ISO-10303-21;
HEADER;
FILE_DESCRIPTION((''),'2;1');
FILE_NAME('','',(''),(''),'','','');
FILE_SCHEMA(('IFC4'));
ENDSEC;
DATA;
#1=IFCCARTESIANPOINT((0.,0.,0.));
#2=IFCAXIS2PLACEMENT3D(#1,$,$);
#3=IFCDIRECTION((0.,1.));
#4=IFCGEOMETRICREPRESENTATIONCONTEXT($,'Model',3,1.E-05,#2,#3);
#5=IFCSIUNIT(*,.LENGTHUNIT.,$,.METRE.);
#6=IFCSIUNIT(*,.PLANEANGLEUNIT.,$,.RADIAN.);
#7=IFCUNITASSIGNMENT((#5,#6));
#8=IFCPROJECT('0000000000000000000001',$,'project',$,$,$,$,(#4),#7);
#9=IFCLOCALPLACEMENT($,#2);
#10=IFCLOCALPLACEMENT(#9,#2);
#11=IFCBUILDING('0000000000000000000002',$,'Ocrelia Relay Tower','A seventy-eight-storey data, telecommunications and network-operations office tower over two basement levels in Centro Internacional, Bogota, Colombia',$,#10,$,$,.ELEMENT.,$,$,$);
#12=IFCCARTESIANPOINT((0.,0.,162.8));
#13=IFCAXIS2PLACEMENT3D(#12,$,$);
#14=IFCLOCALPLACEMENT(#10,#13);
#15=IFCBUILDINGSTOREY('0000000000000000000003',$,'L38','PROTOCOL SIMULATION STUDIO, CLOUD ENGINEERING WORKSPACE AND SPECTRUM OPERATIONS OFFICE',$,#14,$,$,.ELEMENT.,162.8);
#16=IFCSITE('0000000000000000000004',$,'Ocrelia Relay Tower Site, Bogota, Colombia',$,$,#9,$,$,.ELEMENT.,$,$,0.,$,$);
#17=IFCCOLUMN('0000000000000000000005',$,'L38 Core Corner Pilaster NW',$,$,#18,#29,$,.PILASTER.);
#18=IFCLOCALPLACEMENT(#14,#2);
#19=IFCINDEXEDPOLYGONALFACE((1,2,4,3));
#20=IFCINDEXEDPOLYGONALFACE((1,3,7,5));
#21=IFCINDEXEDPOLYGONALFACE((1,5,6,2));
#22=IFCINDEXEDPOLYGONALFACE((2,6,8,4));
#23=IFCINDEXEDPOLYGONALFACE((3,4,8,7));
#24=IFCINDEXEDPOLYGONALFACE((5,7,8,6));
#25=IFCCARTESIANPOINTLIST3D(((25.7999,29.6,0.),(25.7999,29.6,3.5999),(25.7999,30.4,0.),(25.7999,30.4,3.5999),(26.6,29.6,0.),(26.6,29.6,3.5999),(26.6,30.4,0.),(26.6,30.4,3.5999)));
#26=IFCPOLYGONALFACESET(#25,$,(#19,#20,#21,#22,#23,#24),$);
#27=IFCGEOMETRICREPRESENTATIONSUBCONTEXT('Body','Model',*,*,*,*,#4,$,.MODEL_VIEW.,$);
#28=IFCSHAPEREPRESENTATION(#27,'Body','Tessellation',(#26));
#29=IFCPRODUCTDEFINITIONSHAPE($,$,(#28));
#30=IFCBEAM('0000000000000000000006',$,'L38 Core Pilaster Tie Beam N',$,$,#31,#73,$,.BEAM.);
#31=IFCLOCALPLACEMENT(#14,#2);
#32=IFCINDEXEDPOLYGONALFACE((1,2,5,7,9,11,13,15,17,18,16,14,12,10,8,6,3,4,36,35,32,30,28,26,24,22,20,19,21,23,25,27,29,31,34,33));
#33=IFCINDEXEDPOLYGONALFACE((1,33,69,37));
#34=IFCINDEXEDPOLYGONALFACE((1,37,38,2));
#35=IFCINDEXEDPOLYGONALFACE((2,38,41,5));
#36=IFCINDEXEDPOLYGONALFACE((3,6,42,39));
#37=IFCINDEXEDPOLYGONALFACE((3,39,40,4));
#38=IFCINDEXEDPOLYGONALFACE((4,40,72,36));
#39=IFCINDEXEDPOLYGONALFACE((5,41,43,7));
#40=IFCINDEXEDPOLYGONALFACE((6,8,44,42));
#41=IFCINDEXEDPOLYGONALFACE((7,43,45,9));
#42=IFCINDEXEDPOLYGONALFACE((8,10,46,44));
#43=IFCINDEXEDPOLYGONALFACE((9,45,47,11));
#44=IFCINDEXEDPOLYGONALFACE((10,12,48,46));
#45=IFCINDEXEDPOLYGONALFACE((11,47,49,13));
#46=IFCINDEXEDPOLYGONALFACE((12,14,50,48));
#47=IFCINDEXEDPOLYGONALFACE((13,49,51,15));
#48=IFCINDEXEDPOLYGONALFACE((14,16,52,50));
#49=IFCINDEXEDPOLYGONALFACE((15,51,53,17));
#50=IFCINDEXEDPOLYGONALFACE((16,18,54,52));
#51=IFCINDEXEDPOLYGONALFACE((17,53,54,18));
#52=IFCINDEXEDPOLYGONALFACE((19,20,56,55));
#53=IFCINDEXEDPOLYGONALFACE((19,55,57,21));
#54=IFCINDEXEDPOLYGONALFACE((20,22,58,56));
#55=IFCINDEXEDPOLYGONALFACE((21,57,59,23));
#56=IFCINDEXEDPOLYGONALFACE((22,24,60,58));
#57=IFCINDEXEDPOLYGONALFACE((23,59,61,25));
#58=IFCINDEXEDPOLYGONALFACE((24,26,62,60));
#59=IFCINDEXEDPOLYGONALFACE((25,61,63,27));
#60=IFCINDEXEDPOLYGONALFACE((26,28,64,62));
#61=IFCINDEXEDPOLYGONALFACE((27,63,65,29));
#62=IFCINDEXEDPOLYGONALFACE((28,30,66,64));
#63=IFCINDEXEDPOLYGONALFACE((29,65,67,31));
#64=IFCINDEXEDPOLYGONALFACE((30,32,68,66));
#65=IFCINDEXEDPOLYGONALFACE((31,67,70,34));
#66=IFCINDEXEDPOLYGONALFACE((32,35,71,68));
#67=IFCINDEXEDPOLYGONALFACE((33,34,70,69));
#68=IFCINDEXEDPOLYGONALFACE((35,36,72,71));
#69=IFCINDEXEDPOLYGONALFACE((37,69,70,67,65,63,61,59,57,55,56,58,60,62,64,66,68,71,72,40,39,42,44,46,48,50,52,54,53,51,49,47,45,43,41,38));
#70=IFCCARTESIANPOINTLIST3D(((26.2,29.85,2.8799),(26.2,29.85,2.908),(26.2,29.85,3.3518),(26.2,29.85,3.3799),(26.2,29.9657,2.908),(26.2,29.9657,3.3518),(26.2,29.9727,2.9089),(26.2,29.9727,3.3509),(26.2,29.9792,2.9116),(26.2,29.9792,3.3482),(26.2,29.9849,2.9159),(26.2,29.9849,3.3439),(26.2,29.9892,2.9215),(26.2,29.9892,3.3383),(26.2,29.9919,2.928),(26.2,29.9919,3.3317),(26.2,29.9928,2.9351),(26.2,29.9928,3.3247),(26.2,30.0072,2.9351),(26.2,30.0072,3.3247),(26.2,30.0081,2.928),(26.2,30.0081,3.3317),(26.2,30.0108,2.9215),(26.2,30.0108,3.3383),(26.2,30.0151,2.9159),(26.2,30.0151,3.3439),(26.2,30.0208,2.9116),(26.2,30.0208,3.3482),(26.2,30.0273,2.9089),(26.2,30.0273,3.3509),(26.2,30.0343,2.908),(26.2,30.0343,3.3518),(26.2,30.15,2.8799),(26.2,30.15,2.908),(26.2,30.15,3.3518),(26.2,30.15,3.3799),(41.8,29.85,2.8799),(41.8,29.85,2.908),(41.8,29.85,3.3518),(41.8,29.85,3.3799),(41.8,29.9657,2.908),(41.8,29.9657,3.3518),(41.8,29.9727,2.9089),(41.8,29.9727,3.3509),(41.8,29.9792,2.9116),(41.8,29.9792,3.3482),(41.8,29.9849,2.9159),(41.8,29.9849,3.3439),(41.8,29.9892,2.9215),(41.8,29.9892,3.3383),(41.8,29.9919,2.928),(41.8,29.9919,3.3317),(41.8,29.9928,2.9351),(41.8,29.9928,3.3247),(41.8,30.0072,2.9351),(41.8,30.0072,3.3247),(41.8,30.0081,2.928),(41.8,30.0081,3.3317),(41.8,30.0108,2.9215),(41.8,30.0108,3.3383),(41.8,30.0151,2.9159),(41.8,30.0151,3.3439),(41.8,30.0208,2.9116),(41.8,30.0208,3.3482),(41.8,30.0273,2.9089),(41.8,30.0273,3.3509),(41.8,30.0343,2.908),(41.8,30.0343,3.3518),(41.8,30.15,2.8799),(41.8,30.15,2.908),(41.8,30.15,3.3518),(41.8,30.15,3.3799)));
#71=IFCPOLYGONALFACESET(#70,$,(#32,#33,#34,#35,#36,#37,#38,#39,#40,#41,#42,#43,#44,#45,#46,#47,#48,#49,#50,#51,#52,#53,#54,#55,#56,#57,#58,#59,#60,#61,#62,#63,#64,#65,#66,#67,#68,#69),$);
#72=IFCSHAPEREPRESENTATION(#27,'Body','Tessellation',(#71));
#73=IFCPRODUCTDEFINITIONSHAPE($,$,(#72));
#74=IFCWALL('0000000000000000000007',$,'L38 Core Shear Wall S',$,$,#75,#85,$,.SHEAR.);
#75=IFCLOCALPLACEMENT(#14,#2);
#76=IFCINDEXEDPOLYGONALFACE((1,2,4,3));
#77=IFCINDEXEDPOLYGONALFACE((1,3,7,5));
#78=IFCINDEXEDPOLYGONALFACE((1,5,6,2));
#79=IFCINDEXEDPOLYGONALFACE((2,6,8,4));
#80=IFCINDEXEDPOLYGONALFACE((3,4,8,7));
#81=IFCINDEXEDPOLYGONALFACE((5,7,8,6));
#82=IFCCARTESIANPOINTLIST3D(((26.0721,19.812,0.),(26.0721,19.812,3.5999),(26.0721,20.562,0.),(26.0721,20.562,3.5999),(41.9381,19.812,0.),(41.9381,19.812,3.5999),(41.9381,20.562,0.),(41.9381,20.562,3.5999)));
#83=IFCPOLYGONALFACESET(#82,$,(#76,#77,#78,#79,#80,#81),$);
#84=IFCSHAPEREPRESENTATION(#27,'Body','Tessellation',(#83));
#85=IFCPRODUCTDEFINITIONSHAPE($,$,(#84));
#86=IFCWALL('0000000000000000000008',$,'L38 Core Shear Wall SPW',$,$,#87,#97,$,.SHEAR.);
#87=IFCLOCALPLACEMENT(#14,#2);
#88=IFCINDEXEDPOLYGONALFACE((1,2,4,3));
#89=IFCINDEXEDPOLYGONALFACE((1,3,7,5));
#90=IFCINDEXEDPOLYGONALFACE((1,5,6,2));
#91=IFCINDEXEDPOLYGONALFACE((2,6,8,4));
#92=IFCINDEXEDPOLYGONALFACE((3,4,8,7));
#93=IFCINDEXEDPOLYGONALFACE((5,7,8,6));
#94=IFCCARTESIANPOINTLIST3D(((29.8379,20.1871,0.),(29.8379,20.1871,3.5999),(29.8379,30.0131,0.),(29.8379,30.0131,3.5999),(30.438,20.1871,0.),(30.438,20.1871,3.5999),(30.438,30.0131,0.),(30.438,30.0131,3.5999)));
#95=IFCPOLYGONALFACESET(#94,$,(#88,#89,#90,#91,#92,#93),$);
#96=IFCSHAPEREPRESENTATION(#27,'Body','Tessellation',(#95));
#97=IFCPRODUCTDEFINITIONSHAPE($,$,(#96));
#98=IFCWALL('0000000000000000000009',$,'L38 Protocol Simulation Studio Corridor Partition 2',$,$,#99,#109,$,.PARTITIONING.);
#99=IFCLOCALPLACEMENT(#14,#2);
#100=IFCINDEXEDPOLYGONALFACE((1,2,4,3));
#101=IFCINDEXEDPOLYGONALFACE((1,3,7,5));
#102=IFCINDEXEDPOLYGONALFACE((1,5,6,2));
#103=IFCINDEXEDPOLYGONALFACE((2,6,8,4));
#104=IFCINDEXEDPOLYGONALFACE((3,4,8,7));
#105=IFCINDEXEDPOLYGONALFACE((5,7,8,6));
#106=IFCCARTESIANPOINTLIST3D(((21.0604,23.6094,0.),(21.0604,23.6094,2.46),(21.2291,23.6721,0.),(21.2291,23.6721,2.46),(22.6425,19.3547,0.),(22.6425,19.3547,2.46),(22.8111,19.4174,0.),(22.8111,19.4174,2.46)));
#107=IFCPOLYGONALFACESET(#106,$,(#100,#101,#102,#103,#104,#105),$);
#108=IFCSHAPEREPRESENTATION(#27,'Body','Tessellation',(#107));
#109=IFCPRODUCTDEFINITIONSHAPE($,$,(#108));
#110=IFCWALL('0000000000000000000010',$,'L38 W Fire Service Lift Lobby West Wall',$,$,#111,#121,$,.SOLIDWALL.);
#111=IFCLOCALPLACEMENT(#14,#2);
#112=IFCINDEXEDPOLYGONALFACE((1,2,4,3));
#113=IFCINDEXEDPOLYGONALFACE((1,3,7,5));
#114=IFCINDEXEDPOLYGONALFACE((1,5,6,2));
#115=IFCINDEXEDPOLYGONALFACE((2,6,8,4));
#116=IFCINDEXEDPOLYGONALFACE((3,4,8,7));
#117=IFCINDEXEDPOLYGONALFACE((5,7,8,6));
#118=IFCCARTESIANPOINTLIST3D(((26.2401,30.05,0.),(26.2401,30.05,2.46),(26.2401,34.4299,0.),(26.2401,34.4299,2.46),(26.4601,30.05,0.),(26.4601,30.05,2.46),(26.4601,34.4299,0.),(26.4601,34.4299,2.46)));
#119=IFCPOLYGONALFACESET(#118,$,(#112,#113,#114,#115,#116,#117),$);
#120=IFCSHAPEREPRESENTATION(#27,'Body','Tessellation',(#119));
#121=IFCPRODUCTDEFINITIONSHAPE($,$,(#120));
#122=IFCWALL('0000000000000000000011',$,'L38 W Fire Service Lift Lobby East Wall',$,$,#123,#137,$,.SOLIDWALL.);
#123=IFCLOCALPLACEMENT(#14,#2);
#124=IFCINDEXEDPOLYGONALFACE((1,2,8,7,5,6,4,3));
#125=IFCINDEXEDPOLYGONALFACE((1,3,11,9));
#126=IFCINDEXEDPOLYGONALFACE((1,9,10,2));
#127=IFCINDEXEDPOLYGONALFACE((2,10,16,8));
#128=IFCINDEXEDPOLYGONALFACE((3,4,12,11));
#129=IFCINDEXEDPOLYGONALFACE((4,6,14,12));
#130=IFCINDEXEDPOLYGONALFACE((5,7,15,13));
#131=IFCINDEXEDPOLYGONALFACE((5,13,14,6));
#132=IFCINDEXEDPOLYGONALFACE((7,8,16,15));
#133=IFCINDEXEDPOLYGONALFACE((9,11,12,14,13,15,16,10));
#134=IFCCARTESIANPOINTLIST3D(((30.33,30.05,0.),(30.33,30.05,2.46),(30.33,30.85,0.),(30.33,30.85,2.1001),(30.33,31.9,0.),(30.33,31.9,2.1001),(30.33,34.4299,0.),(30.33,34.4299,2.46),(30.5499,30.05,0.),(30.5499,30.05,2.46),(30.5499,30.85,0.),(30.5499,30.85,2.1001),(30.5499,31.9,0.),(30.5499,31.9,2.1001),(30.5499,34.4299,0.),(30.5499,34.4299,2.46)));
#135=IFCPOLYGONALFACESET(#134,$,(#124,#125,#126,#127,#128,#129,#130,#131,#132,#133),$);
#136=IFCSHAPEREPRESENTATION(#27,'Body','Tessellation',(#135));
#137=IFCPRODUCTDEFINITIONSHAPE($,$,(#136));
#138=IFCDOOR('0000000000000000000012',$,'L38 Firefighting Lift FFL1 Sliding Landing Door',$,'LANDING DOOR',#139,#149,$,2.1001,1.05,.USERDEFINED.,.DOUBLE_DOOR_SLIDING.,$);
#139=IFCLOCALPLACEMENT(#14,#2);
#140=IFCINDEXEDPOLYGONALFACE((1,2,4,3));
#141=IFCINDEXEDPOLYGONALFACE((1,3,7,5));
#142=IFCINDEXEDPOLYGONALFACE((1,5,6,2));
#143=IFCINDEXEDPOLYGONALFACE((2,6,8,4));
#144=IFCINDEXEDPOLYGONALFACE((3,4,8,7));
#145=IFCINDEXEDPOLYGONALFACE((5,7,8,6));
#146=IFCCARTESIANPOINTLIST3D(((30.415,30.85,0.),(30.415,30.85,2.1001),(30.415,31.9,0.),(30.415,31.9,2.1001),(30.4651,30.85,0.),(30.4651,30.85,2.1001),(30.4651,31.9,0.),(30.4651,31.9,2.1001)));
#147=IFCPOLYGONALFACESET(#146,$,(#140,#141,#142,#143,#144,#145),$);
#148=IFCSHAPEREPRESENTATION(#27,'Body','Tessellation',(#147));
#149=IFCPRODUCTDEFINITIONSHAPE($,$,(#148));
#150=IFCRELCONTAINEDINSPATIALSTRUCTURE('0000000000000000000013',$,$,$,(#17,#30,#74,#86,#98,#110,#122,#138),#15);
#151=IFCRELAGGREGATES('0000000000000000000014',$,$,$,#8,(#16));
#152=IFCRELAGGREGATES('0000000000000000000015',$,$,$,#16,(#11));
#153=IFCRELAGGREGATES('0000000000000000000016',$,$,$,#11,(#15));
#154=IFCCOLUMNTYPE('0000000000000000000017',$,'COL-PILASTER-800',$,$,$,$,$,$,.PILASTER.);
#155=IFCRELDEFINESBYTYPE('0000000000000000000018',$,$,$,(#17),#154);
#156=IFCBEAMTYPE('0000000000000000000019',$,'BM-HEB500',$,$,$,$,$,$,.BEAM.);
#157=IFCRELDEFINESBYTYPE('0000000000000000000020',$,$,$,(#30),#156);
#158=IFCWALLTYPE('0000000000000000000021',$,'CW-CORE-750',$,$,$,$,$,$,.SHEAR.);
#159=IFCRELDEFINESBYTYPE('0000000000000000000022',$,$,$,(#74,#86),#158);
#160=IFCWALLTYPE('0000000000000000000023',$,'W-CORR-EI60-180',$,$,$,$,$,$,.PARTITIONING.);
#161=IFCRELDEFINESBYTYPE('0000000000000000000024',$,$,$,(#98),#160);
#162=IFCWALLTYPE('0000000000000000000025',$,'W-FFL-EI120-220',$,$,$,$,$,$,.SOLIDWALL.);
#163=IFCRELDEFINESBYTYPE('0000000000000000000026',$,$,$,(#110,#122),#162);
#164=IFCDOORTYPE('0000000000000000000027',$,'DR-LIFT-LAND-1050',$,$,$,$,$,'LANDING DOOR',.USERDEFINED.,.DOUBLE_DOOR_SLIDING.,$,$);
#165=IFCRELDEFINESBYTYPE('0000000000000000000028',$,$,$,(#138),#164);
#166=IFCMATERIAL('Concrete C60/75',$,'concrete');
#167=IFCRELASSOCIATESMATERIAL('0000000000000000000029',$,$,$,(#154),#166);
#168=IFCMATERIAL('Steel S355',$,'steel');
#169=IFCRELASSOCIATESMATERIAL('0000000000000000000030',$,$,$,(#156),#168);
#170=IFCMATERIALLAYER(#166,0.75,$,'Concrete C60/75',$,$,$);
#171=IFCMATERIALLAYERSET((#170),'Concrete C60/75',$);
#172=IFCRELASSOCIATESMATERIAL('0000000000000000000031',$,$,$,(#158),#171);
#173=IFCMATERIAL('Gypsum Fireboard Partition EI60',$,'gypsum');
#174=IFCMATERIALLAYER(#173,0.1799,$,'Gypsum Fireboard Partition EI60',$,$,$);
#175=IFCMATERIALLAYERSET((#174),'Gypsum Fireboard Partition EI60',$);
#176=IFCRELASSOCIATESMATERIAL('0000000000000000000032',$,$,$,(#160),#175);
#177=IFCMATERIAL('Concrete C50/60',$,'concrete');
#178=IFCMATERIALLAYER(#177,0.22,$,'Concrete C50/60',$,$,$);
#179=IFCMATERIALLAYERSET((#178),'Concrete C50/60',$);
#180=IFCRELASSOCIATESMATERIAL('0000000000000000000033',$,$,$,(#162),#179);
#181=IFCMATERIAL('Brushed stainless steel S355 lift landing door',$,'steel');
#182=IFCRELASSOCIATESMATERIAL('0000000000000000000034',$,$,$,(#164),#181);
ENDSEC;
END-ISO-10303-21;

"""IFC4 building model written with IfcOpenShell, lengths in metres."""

from ifc_helpers import new_model, si_unit, direction, frame, frame_2d, origin, origin_2d, place, context, subcontext, project, spatial, rectangle, i_section, extrude, material, layer, layer_set, material_profile, profile_set, type_object, element, fill, save


model = new_model("IFC4")

# Units and contexts
model_context = context("Model", 3, precision=1e-05, world=origin(), true_north=direction((0.0, 1.0)))
body_context = subcontext(model_context, "Body", "Model", "MODEL_VIEW")
ifc_project = project(units=[si_unit("LENGTHUNIT", "METRE"), si_unit("PLANEANGLEUNIT", "RADIAN")], contexts=[model_context])

# Site, building, storey
site_placement = place(None, origin())
site = spatial("IfcSite", under=ifc_project, at=site_placement, Name="Ocrelia Relay Tower Site, Bogota, Colombia", CompositionType="ELEMENT", RefElevation=0.0)
building_placement = place(site_placement, origin())
building = spatial("IfcBuilding", under=site, at=building_placement, Name="Ocrelia Relay Tower", Description="A seventy-eight-storey data, telecommunications and network-operations office tower over two basement levels in Centro Internacional, Bogota, Colombia", CompositionType="ELEMENT")
storey_placement = place(building_placement, frame((0.0, 0.0, 162.8)))
storey = spatial("IfcBuildingStorey", under=building, at=storey_placement, Name="L38", Description="PROTOCOL SIMULATION STUDIO, CLOUD ENGINEERING WORKSPACE AND SPECTRUM OPERATIONS OFFICE", CompositionType="ELEMENT", Elevation=162.8)

# Column
ifc_material_1 = material(Name="Concrete C60/75", Category="concrete")
ifc_material_profile_1 = material_profile(ifc_material_1, rectangle(XDim=0.8, YDim=0.8, at=origin_2d()), Name="RC-COL-800x800")
ifc_profile_set_1 = profile_set([ifc_material_profile_1], Name="Concrete C60/75")
column_type = type_object("IfcColumnType", Name="COL-PILASTER-800", PredefinedType="PILASTER", material=ifc_profile_set_1)
column_placement = place(storey_placement, frame((26.2, 30.0, 0.0), z_axis=(0.0, 0.0, 1.0), x_axis=(1.0, 0.0, 0.0)))
element("IfcColumn", 1, at=column_placement, inside=storey, type_object=column_type, Name="L38 Core Corner Pilaster NW", PredefinedType="PILASTER", context=body_context, shape_type="SweptSolid", body=[
    extrude(rectangle(XDim=0.8, YDim=0.8, at=origin_2d()), origin(), (0.0, 0.0, 1.0), 3.5999),
])

# Beam
ifc_material_2 = material(Name="Steel S355", Category="steel")
ifc_material_profile_2 = material_profile(ifc_material_2, i_section(OverallWidth=0.3, OverallDepth=0.5, WebThickness=0.0144, FlangeThickness=0.0281, FilletRadius=0.0271, at=origin_2d()), Name="HEB 500")
ifc_profile_set_2 = profile_set([ifc_material_profile_2], Name="Steel S355")
beam_type = type_object("IfcBeamType", Name="BM-HEB500", PredefinedType="BEAM", material=ifc_profile_set_2)
beam_placement = place(storey_placement, frame((26.2, 30.0, 3.1299), z_axis=(1.0, 0.0, 0.0), x_axis=(0.0, 1.0, 0.0)))
element("IfcBeam", 2, at=beam_placement, inside=storey, type_object=beam_type, Name="L38 Core Pilaster Tie Beam N", PredefinedType="BEAM", context=body_context, shape_type="SweptSolid", body=[
    extrude(i_section(OverallWidth=0.3, OverallDepth=0.5, WebThickness=0.0144, FlangeThickness=0.0281, FilletRadius=0.0271, at=origin_2d()), origin(), (0.0, 0.0, 1.0), 15.6001),
])

# Wall
ifc_layer_1 = layer(ifc_material_1, 0.75, Name="Concrete C60/75")
ifc_layer_set_1 = layer_set([ifc_layer_1], Name="Concrete C60/75")
wall_type_1 = type_object("IfcWallType", Name="CW-CORE-750", PredefinedType="SHEAR", material=ifc_layer_set_1)
wall_1_placement = place(storey_placement, frame((26.072, 20.187, 0.0), z_axis=(0.0, 0.0, 1.0), x_axis=(1.0, 0.0, 0.0)))
element("IfcWall", 3, at=wall_1_placement, inside=storey, type_object=wall_type_1, Name="L38 Core Shear Wall S", PredefinedType="SHEAR", context=body_context, shape_type="SweptSolid", body=[
    extrude(rectangle(XDim=15.866, YDim=0.75, at=frame_2d((7.9331, 0.0))), origin(), (0.0, 0.0, 1.0), 3.5999),
])

# Wall
wall_2_placement = place(storey_placement, frame((30.1379, 20.187, 0.0), z_axis=(0.0, 0.0, 1.0), x_axis=(0.0, 1.0, 0.0)))
element("IfcWall", 4, at=wall_2_placement, inside=storey, type_object=wall_type_1, Name="L38 Core Shear Wall SPW", PredefinedType="SHEAR", context=body_context, shape_type="SweptSolid", body=[
    extrude(rectangle(XDim=9.8259, YDim=0.6001, at=frame_2d((4.9131, 0.0))), origin(), (0.0, 0.0, 1.0), 3.5999),
])

# Shared definitions
ifc_material_3 = material(Name="Gypsum Fireboard Partition EI60", Category="gypsum")
ifc_layer_2 = layer(ifc_material_3, 0.1799, Name="Gypsum Fireboard Partition EI60")
ifc_layer_set_2 = layer_set([ifc_layer_2], Name="Gypsum Fireboard Partition EI60")
wall_type_2 = type_object("IfcWallType", Name="W-CORR-EI60-180", PredefinedType="PARTITIONING", material=ifc_layer_set_2)

# Walls
wall_3_placement = place(storey_placement, frame((21.1448, 23.6406, 0.0), z_axis=(0.0, 0.0, 1.0), x_axis=(0.348523, -0.9373, 0.0)))
element("IfcWall", 5, at=wall_3_placement, inside=storey, type_object=wall_type_2, Name="L38 Protocol Simulation Studio Corridor Partition 2", PredefinedType="PARTITIONING", context=body_context, shape_type="SweptSolid", body=[
    extrude(rectangle(XDim=4.5393, YDim=0.1799, at=frame_2d((2.2695, 0.0))), origin(), (0.0, 0.0, 1.0), 2.46),
])
ifc_material_4 = material(Name="Concrete C50/60", Category="concrete")
ifc_layer_3 = layer(ifc_material_4, 0.22, Name="Concrete C50/60")
ifc_layer_set_3 = layer_set([ifc_layer_3], Name="Concrete C50/60")
wall_type_3 = type_object("IfcWallType", Name="W-FFL-EI120-220", PredefinedType="SOLIDWALL", material=ifc_layer_set_3)
wall_4_placement = place(storey_placement, frame((26.3501, 30.05, 0.0), z_axis=(0.0, 0.0, 1.0), x_axis=(0.0, 1.0, 0.0)))
element("IfcWall", 6, at=wall_4_placement, inside=storey, type_object=wall_type_3, Name="L38 W Fire Service Lift Lobby West Wall", PredefinedType="SOLIDWALL", context=body_context, shape_type="SweptSolid", body=[
    extrude(rectangle(XDim=4.3799, YDim=0.22, at=frame_2d((2.1899, 0.0))), origin(), (0.0, 0.0, 1.0), 2.46),
])

# Wall, opening, door
wall_5_placement = place(storey_placement, frame((30.4399, 30.05, 0.0), z_axis=(0.0, 0.0, 1.0), x_axis=(0.0, 1.0, 0.0)))
wall_5 = element("IfcWall", 7, at=wall_5_placement, inside=storey, type_object=wall_type_3, Name="L38 W Fire Service Lift Lobby East Wall", PredefinedType="SOLIDWALL", context=body_context, shape_type="SweptSolid", body=[
    extrude(rectangle(XDim=4.3799, YDim=0.22, at=frame_2d((2.1899, 0.0))), origin(), (0.0, 0.0, 1.0), 2.46),
])
opening_1_placement = place(wall_5_placement, frame((0.8, 0.0, 0.0)))
opening_1 = element("IfcOpeningElement", 8, at=opening_1_placement, cuts=wall_5, PredefinedType="OPENING", context=body_context, shape_type="SweptSolid", body=[
    extrude(rectangle(XDim=1.05, YDim=2.1001, at=frame_2d((0.5249, 1.05))), frame((0.0, 0.1201, 0.0), z_axis=(0.0, -1.0, 0.0), x_axis=(1.0, 0.0, 0.0)), (0.0, 0.0, 1.0), 0.24),
])
ifc_material_5 = material(Name="Brushed stainless steel S355 lift landing door", Category="steel")
door_type_1 = type_object("IfcDoorType", Name="DR-LIFT-LAND-1050", ElementType="LANDING DOOR", OperationType="DOUBLE_DOOR_SLIDING", PredefinedType="USERDEFINED", material=ifc_material_5)
door_1_placement = place(opening_1_placement, origin())
door_1 = element("IfcDoor", 9, at=door_1_placement, inside=storey, type_object=door_type_1, Name="L38 Firefighting Lift FFL1 Sliding Landing Door", ObjectType="LANDING DOOR", OperationType="DOUBLE_DOOR_SLIDING", OverallHeight=2.1001, OverallWidth=1.05, PredefinedType="USERDEFINED", context=body_context, shape_type="SweptSolid", body=[
    extrude(rectangle(XDim=1.05, YDim=2.1001, at=frame_2d((0.5249, 1.05))), frame((0.0, 0.0249, 0.0), z_axis=(0.0, -1.0, 0.0), x_axis=(1.0, 0.0, 0.0)), (0.0, 0.0, 1.0), 0.05),
])
fill(opening_1, door_1)

save(model, "model.ifc")
